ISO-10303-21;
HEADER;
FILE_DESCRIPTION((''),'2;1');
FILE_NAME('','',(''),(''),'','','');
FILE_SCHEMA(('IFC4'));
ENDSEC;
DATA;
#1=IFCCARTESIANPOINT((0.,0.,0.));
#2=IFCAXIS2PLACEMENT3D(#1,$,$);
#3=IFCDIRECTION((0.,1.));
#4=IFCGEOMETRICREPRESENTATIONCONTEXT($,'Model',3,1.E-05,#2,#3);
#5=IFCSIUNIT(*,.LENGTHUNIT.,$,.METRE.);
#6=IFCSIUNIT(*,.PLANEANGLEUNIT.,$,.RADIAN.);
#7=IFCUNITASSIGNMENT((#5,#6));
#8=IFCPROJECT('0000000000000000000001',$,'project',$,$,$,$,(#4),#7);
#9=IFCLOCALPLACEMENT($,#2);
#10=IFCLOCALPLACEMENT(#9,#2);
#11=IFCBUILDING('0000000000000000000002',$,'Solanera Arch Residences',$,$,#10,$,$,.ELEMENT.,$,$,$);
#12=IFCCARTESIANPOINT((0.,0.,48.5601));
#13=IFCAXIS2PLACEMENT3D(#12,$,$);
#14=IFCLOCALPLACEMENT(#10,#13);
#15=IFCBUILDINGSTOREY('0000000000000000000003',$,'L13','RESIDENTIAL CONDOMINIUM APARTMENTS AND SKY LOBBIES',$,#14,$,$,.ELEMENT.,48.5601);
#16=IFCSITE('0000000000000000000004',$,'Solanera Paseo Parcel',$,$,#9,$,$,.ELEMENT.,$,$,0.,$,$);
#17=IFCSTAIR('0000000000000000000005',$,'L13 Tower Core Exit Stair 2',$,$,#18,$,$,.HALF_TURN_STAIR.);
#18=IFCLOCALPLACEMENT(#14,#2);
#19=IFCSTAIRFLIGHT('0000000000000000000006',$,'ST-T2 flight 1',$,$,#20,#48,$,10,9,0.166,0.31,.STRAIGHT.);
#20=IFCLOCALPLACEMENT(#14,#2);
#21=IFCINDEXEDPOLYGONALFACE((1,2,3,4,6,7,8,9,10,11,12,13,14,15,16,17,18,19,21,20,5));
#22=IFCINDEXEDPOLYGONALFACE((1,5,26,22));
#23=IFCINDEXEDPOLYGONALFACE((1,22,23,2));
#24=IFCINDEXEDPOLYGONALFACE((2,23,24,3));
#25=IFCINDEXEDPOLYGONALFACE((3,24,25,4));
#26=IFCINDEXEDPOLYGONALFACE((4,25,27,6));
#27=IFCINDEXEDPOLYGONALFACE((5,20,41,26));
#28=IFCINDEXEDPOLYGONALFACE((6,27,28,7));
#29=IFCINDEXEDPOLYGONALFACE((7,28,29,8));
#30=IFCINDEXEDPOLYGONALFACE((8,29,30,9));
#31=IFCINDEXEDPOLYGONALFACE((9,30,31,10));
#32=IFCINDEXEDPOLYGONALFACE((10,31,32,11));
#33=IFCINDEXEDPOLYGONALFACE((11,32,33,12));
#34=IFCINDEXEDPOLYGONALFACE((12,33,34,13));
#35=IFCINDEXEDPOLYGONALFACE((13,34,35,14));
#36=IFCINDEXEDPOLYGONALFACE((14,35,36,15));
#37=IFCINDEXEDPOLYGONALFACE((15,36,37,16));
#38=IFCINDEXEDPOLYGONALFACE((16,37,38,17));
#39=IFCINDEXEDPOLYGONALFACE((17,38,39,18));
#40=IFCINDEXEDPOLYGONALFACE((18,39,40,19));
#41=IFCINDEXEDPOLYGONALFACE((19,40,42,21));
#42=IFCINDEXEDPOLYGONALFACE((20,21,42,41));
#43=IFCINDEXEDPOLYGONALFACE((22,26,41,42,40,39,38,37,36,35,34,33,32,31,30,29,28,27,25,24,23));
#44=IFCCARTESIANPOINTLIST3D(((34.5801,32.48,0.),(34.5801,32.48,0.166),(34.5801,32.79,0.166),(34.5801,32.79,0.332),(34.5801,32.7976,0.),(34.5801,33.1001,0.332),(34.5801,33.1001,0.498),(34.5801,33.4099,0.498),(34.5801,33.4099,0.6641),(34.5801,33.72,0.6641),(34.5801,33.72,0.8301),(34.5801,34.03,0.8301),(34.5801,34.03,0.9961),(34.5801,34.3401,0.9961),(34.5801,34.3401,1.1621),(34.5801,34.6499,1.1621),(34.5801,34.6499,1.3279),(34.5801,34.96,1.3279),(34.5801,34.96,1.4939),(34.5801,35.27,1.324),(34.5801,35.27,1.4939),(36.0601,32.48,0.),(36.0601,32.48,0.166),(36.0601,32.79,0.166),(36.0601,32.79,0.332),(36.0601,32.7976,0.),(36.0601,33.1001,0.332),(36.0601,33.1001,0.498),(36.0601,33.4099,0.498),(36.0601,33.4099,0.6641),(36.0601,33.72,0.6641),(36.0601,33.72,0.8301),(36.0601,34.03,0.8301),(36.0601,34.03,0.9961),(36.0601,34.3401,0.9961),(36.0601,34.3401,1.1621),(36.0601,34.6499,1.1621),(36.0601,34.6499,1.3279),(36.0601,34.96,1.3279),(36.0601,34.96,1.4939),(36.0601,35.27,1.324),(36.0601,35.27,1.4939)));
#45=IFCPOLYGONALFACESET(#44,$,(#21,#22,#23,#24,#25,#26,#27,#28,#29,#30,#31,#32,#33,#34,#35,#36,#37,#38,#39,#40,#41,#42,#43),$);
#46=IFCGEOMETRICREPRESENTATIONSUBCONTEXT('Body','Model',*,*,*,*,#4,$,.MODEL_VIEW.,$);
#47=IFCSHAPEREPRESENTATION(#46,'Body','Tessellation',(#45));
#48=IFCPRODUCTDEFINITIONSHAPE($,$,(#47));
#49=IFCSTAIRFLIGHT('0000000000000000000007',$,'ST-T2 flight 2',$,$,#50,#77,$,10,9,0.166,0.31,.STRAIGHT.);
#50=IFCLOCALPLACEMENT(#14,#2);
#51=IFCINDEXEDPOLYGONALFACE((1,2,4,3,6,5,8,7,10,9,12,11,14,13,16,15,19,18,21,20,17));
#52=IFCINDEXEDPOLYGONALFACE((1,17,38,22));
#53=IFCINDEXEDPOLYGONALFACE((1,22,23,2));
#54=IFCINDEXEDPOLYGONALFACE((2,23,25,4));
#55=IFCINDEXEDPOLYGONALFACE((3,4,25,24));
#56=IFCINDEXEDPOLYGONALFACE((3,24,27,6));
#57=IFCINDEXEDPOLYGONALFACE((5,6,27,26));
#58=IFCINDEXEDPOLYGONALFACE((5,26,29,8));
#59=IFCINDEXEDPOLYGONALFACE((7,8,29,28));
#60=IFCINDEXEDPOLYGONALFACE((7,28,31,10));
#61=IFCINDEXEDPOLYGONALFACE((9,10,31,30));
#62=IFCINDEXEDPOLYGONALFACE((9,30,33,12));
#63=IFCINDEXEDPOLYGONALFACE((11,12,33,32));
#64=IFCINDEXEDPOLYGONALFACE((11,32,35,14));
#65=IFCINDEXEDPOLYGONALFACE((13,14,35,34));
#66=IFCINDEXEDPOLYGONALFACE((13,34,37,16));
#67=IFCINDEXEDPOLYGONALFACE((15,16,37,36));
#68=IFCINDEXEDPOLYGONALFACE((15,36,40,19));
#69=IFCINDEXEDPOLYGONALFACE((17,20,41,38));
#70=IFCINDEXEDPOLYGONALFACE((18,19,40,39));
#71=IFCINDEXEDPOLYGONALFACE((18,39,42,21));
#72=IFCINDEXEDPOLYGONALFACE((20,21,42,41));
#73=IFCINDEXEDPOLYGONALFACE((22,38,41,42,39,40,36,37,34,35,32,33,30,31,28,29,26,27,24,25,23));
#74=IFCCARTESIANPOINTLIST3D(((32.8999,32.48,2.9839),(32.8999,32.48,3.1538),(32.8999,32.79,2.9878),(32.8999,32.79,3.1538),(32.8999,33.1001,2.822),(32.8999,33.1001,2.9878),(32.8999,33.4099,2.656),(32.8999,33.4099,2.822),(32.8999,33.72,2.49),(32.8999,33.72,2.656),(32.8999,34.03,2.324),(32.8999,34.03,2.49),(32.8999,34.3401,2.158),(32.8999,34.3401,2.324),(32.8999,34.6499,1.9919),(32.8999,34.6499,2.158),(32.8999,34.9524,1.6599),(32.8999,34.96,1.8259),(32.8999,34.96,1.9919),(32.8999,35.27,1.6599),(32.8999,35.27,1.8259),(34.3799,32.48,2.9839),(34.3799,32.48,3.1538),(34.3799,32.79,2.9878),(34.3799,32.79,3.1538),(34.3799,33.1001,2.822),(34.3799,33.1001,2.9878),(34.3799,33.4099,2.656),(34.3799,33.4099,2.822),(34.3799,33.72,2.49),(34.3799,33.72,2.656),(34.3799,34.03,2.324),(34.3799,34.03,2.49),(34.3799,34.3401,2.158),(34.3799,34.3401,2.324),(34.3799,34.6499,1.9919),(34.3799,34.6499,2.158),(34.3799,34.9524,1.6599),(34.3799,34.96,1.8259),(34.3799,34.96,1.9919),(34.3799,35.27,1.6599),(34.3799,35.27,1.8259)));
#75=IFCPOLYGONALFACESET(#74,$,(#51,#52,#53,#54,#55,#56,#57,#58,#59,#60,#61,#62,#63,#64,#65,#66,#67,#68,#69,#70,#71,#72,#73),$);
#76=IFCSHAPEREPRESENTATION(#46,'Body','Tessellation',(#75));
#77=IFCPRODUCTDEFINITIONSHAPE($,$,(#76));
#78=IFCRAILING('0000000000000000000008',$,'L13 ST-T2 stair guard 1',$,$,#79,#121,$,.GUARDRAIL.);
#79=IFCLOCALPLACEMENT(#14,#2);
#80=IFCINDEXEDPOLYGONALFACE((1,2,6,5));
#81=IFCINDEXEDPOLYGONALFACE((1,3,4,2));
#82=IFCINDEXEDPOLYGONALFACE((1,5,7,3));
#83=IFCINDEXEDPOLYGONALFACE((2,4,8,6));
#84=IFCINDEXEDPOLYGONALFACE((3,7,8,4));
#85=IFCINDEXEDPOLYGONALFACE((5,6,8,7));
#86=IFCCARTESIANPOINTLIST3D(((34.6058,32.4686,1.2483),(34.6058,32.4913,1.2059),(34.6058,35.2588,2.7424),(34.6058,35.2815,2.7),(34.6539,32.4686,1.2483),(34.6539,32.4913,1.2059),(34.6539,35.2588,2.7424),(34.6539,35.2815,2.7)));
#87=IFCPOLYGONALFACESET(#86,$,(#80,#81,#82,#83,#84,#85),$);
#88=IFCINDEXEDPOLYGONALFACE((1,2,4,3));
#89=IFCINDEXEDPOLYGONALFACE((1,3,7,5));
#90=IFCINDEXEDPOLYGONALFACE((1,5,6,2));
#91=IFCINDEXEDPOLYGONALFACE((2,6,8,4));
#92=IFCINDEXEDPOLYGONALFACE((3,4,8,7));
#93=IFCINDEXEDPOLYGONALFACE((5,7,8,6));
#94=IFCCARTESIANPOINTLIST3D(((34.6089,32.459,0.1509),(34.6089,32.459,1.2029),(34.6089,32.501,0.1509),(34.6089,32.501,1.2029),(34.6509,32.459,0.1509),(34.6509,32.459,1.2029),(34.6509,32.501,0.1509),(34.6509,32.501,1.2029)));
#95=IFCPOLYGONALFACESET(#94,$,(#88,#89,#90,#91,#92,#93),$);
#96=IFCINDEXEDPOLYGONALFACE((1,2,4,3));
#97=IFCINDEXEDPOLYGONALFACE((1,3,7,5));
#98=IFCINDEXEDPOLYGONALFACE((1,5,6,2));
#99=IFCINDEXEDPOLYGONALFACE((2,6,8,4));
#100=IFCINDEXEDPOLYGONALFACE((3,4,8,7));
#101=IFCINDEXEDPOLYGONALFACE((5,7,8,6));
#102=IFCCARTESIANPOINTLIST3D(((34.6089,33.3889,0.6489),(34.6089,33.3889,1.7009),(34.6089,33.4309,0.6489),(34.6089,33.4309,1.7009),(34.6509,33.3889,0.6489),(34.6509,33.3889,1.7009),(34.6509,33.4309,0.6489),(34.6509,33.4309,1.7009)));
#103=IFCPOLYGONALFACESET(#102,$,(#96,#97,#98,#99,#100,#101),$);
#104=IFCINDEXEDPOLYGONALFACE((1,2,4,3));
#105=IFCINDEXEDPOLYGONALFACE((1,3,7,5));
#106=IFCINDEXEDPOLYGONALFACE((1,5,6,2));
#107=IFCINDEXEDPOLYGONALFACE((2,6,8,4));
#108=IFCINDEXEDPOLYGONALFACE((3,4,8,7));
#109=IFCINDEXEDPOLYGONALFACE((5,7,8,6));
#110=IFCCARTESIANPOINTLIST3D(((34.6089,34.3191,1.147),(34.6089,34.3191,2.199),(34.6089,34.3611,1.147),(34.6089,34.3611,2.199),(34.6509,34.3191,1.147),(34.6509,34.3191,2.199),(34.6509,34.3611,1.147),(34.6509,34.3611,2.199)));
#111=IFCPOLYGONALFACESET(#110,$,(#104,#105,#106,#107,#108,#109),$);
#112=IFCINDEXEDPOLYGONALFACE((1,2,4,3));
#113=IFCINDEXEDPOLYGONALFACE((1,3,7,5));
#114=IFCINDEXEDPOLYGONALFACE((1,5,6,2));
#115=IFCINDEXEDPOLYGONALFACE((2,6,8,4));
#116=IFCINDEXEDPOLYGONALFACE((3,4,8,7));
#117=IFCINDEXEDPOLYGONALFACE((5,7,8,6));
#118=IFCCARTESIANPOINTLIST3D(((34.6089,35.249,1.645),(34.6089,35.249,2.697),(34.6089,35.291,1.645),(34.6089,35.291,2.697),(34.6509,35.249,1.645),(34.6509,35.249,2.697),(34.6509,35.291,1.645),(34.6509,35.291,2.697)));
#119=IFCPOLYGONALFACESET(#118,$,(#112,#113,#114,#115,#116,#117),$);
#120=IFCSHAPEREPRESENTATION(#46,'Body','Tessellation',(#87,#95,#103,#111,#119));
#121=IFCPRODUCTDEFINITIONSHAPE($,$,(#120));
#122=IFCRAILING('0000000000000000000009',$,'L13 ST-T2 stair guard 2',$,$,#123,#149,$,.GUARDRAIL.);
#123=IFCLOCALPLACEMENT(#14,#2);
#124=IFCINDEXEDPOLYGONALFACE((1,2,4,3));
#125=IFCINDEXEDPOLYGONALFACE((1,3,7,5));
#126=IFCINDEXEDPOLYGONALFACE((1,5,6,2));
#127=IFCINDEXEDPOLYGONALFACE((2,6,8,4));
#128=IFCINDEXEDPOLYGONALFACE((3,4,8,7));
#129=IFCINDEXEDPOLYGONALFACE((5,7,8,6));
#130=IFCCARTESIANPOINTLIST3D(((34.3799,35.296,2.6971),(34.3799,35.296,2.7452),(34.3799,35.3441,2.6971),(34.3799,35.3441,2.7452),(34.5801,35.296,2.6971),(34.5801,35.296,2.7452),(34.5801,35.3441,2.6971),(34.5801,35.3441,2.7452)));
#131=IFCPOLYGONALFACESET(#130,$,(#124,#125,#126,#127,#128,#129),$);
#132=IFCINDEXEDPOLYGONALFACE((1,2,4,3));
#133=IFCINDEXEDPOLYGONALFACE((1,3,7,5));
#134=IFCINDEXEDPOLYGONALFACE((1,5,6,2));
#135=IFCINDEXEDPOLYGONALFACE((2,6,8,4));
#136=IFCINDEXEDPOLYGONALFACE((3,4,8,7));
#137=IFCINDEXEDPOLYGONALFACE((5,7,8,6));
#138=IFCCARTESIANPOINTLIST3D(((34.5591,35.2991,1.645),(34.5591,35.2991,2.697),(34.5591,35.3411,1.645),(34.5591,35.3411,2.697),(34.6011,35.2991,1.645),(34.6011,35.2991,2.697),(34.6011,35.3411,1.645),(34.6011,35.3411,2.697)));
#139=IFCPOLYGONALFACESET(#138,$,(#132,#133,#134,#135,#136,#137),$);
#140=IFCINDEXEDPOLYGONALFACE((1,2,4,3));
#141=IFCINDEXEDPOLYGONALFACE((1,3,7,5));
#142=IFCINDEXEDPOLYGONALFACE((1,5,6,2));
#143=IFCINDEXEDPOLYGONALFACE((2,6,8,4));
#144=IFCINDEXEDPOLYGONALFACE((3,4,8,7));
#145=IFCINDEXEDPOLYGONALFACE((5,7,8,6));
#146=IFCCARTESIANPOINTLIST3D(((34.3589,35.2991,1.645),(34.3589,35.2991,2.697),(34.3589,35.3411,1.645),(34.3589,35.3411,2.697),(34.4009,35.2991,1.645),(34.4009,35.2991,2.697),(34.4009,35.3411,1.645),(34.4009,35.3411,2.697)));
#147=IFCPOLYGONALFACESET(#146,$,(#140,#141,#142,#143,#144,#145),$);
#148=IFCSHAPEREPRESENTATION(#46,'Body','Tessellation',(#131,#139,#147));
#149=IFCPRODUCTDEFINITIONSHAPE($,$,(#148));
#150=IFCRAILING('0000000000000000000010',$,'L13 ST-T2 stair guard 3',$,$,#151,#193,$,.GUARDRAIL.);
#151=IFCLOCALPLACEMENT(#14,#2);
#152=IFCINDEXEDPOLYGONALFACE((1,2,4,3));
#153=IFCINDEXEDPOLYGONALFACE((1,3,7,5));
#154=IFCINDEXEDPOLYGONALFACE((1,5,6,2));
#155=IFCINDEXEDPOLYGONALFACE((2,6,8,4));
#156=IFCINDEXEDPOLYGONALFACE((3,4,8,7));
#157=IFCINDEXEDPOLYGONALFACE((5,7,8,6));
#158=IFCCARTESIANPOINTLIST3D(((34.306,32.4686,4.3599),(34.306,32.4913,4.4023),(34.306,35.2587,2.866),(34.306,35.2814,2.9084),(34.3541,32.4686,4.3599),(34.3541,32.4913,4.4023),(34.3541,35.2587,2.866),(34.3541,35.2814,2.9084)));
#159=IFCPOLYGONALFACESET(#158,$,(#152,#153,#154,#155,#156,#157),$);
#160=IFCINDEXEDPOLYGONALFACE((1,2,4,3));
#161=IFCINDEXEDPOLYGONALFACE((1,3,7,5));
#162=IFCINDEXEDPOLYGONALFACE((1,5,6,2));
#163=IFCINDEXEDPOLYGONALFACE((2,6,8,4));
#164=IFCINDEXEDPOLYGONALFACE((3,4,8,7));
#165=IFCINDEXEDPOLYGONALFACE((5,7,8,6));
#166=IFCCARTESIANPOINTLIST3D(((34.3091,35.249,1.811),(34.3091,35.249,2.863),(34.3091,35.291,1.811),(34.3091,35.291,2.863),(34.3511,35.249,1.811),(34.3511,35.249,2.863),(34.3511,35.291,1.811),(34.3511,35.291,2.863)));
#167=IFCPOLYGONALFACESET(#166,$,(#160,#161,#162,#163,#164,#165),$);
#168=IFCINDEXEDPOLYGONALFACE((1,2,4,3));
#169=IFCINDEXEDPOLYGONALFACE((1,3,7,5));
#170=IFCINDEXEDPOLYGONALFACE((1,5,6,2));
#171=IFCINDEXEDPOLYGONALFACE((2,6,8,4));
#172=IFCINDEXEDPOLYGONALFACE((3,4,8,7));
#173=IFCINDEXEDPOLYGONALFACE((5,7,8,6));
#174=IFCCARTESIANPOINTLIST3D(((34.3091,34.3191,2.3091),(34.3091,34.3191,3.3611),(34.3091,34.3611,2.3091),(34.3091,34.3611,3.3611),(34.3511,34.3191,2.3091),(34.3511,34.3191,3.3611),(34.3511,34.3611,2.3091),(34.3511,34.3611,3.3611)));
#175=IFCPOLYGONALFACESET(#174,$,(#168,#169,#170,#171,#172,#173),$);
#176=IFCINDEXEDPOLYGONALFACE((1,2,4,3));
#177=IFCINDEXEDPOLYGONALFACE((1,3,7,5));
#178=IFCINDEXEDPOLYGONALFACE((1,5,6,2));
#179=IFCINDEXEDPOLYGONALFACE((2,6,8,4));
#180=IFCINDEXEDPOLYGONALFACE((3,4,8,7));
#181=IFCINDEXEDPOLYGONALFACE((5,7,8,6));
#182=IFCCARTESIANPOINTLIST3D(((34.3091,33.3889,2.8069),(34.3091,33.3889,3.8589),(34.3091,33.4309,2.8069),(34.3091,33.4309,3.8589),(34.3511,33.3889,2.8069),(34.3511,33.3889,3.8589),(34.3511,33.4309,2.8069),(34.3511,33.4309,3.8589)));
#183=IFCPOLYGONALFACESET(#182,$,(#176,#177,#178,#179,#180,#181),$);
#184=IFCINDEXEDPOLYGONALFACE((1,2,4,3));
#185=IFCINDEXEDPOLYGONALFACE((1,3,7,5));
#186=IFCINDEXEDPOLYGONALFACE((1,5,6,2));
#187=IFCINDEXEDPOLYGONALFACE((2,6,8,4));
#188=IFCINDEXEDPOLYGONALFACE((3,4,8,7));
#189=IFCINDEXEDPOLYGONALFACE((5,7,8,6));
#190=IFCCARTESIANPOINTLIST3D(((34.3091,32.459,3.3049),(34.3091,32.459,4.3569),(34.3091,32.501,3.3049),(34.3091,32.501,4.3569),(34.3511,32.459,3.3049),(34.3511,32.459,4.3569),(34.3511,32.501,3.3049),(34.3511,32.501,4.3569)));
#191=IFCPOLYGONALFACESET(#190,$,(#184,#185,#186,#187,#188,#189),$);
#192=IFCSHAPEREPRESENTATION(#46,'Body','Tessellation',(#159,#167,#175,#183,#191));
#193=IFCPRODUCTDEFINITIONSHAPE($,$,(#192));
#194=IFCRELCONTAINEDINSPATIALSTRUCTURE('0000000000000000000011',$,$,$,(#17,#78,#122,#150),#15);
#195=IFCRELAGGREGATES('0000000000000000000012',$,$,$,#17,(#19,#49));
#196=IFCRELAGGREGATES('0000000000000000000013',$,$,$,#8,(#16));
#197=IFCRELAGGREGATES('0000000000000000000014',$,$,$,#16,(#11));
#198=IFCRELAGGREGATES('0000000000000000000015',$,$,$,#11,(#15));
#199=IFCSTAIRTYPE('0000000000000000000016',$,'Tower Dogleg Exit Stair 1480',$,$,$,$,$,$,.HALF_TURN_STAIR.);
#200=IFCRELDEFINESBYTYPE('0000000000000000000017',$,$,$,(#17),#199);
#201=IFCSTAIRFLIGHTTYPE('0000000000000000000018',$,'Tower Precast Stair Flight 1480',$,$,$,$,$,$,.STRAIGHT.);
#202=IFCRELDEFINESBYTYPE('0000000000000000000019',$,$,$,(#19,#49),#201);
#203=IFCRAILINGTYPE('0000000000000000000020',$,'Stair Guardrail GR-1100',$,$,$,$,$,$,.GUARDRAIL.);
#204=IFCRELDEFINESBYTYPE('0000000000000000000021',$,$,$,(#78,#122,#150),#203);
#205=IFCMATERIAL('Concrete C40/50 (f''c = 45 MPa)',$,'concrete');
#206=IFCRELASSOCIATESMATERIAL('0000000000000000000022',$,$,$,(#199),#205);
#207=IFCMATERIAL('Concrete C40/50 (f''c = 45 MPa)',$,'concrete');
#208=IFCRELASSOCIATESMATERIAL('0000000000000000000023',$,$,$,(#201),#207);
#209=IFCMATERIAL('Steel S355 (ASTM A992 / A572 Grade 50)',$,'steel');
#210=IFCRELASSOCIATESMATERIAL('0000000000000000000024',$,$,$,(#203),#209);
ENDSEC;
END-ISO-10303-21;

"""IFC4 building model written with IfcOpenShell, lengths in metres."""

from ifc_helpers import new_model, si_unit, direction, frame, origin, origin_2d, place, context, subcontext, project, spatial, polyline, rectangle, outline, extrude, material, type_object, element, aggregate, save


model = new_model("IFC4")

# Units and contexts
model_context = context("Model", 3, precision=1e-05, world=origin(), true_north=direction((0.0, 1.0)))
body_context = subcontext(model_context, "Body", "Model", "MODEL_VIEW")
ifc_project = project(units=[si_unit("LENGTHUNIT", "METRE"), si_unit("PLANEANGLEUNIT", "RADIAN")], contexts=[model_context])

# Site, building, storey
site_placement = place(None, origin())
site = spatial("IfcSite", under=ifc_project, at=site_placement, Name="Solanera Paseo Parcel", CompositionType="ELEMENT", RefElevation=0.0)
building_placement = place(site_placement, origin())
building = spatial("IfcBuilding", under=site, at=building_placement, Name="Solanera Arch Residences", CompositionType="ELEMENT")
storey_placement = place(building_placement, frame((0.0, 0.0, 48.5601)))
storey = spatial("IfcBuildingStorey", under=building, at=storey_placement, Name="L13", Description="RESIDENTIAL CONDOMINIUM APARTMENTS AND SKY LOBBIES", CompositionType="ELEMENT", Elevation=48.5601)

# Stair, stair flights
ifc_material_1 = material(Name="Concrete C40/50 (f'c = 45 MPa)", Category="concrete")
stair_type = type_object("IfcStairType", Name="Tower Dogleg Exit Stair 1480", PredefinedType="HALF_TURN_STAIR", material=ifc_material_1)
stair_placement = place(storey_placement, origin())
stair = element("IfcStair", 1, at=stair_placement, inside=storey, type_object=stair_type, Name="L13 Tower Core Exit Stair 2", PredefinedType="HALF_TURN_STAIR")
ifc_material_2 = material(Name="Concrete C40/50 (f'c = 45 MPa)", Category="concrete")
stair_flight_type = type_object("IfcStairFlightType", Name="Tower Precast Stair Flight 1480", PredefinedType="STRAIGHT", material=ifc_material_2)
stair_flight_1_placement = place(storey_placement, frame((35.3201, 32.48, 0.0), z_axis=(0.0, 0.0, 1.0), x_axis=(0.0, 1.0, 0.0)))
stair_flight_1 = element("IfcStairFlight", 2, at=stair_flight_1_placement, type_object=stair_flight_type, Name="ST-T2 flight 1", NumberOfRisers=10, NumberOfTreads=9, PredefinedType="STRAIGHT", RiserHeight=0.166, TreadLength=0.31, context=body_context, shape_type="SweptSolid", body=[
    extrude(outline(polyline([(0.0, 0.0), (0.0, 0.166), (0.3101, 0.166), (0.3101, 0.332), (0.6201, 0.332), (0.6201, 0.498), (0.9299, 0.498), (0.9299, 0.6641), (1.24, 0.6641), (1.24, 0.8301), (1.55, 0.8301), (1.55, 0.9961), (1.8601, 0.9961), (1.8601, 1.1621), (2.1699, 1.1621), (2.1699, 1.3279), (2.48, 1.3279), (2.48, 1.4939), (2.79, 1.4939), (2.79, 1.6599), (2.79, 1.324), (0.3176, 0.0), (0.0, 0.0)])), frame((0.0, 0.74, 0.0), z_axis=(0.0, -1.0, 0.0), x_axis=(1.0, 0.0, 0.0)), (0.0, 0.0, 1.0), 1.48),
])
stair_flight_2_placement = place(storey_placement, frame((33.6399, 35.27, 1.6599), z_axis=(0.0, 0.0, 1.0), x_axis=(0.0, -1.0, 0.0)))
stair_flight_2 = element("IfcStairFlight", 3, at=stair_flight_2_placement, type_object=stair_flight_type, Name="ST-T2 flight 2", NumberOfRisers=10, NumberOfTreads=9, PredefinedType="STRAIGHT", RiserHeight=0.166, TreadLength=0.31, context=body_context, shape_type="SweptSolid", body=[
    extrude(outline(polyline([(0.0, 0.0), (0.0, 0.166), (0.3101, 0.166), (0.3101, 0.332), (0.6201, 0.332), (0.6201, 0.498), (0.9299, 0.498), (0.9299, 0.6641), (1.24, 0.6641), (1.24, 0.8301), (1.55, 0.8301), (1.55, 0.9961), (1.8601, 0.9961), (1.8601, 1.1621), (2.1699, 1.1621), (2.1699, 1.3279), (2.48, 1.3279), (2.48, 1.4939), (2.79, 1.4939), (2.79, 1.6599), (2.79, 1.324), (0.3176, 0.0), (0.0, 0.0)])), frame((0.0, 0.74, 0.0), z_axis=(0.0, -1.0, 0.0), x_axis=(1.0, 0.0, 0.0)), (0.0, 0.0, 1.0), 1.48),
])
aggregate(stair, [stair_flight_1, stair_flight_2])

# Railings
ifc_material_3 = material(Name="Steel S355 (ASTM A992 / A572 Grade 50)", Category="steel")
railing_type_1 = type_object("IfcRailingType", Name="Stair Guardrail GR-1100", PredefinedType="GUARDRAIL", material=ifc_material_3)
railing_1_placement = place(storey_placement, frame((34.6299, 32.48, 0.1509)))
element("IfcRailing", 4, at=railing_1_placement, inside=storey, type_object=railing_type_1, Name="L13 ST-T2 stair guard 1", PredefinedType="GUARDRAIL", context=body_context, shape_type="SweptSolid", body=[
    extrude(rectangle(XDim=0.0481, YDim=0.0481, at=origin_2d()), frame((0.0, 0.0, 1.0762), z_axis=(0.0, 0.881549, 0.472093), x_axis=(-1.0, 0.0, 0.0)), (0.0, 0.0, 1.0), 3.165),
    extrude(rectangle(XDim=0.042, YDim=0.042, at=origin_2d()), origin(), (0.0, 0.0, 1.0), 1.052),
    extrude(rectangle(XDim=0.042, YDim=0.042, at=origin_2d()), frame((0.0, 0.9299, 0.498)), (0.0, 0.0, 1.0), 1.052),
    extrude(rectangle(XDim=0.042, YDim=0.042, at=origin_2d()), frame((0.0, 1.8601, 0.9961)), (0.0, 0.0, 1.0), 1.052),
    extrude(rectangle(XDim=0.042, YDim=0.042, at=origin_2d()), frame((0.0, 2.79, 1.4941)), (0.0, 0.0, 1.0), 1.052),
])
railing_2_placement = place(storey_placement, frame((34.5801, 35.3201, 1.645)))
element("IfcRailing", 5, at=railing_2_placement, inside=storey, type_object=railing_type_1, Name="L13 ST-T2 stair guard 2", PredefinedType="GUARDRAIL", context=body_context, shape_type="SweptSolid", body=[
    extrude(rectangle(XDim=0.0481, YDim=0.0481, at=origin_2d()), frame((0.0, 0.0, 1.0762), z_axis=(-1.0, 0.0, 0.0), x_axis=(0.0, -1.0, 0.0)), (0.0, 0.0, 1.0), 0.2002),
    extrude(rectangle(XDim=0.042, YDim=0.042, at=origin_2d()), origin(), (0.0, 0.0, 1.0), 1.052),
    extrude(rectangle(XDim=0.042, YDim=0.042, at=origin_2d()), frame((-0.2002, 0.0, 0.0)), (0.0, 0.0, 1.0), 1.052),
])
railing_3_placement = place(storey_placement, frame((34.3301, 35.27, 1.811)))
element("IfcRailing", 6, at=railing_3_placement, inside=storey, type_object=railing_type_1, Name="L13 ST-T2 stair guard 3", PredefinedType="GUARDRAIL", context=body_context, shape_type="SweptSolid", body=[
    extrude(rectangle(XDim=0.0481, YDim=0.0481, at=origin_2d()), frame((0.0, 0.0, 1.0762), z_axis=(0.0, -0.881581, 0.472033), x_axis=(1.0, 0.0, 0.0)), (0.0, 0.0, 1.0), 3.1648),
    extrude(rectangle(XDim=0.042, YDim=0.042, at=origin_2d()), origin(), (0.0, 0.0, 1.0), 1.052),
    extrude(rectangle(XDim=0.042, YDim=0.042, at=origin_2d()), frame((0.0, -0.9299, 0.498)), (0.0, 0.0, 1.0), 1.052),
    extrude(rectangle(XDim=0.042, YDim=0.042, at=origin_2d()), frame((0.0, -1.8601, 0.9958)), (0.0, 0.0, 1.0), 1.052),
    extrude(rectangle(XDim=0.042, YDim=0.042, at=origin_2d()), frame((0.0, -2.79, 1.4939)), (0.0, 0.0, 1.0), 1.052),
])

save(model, "model.ifc")
